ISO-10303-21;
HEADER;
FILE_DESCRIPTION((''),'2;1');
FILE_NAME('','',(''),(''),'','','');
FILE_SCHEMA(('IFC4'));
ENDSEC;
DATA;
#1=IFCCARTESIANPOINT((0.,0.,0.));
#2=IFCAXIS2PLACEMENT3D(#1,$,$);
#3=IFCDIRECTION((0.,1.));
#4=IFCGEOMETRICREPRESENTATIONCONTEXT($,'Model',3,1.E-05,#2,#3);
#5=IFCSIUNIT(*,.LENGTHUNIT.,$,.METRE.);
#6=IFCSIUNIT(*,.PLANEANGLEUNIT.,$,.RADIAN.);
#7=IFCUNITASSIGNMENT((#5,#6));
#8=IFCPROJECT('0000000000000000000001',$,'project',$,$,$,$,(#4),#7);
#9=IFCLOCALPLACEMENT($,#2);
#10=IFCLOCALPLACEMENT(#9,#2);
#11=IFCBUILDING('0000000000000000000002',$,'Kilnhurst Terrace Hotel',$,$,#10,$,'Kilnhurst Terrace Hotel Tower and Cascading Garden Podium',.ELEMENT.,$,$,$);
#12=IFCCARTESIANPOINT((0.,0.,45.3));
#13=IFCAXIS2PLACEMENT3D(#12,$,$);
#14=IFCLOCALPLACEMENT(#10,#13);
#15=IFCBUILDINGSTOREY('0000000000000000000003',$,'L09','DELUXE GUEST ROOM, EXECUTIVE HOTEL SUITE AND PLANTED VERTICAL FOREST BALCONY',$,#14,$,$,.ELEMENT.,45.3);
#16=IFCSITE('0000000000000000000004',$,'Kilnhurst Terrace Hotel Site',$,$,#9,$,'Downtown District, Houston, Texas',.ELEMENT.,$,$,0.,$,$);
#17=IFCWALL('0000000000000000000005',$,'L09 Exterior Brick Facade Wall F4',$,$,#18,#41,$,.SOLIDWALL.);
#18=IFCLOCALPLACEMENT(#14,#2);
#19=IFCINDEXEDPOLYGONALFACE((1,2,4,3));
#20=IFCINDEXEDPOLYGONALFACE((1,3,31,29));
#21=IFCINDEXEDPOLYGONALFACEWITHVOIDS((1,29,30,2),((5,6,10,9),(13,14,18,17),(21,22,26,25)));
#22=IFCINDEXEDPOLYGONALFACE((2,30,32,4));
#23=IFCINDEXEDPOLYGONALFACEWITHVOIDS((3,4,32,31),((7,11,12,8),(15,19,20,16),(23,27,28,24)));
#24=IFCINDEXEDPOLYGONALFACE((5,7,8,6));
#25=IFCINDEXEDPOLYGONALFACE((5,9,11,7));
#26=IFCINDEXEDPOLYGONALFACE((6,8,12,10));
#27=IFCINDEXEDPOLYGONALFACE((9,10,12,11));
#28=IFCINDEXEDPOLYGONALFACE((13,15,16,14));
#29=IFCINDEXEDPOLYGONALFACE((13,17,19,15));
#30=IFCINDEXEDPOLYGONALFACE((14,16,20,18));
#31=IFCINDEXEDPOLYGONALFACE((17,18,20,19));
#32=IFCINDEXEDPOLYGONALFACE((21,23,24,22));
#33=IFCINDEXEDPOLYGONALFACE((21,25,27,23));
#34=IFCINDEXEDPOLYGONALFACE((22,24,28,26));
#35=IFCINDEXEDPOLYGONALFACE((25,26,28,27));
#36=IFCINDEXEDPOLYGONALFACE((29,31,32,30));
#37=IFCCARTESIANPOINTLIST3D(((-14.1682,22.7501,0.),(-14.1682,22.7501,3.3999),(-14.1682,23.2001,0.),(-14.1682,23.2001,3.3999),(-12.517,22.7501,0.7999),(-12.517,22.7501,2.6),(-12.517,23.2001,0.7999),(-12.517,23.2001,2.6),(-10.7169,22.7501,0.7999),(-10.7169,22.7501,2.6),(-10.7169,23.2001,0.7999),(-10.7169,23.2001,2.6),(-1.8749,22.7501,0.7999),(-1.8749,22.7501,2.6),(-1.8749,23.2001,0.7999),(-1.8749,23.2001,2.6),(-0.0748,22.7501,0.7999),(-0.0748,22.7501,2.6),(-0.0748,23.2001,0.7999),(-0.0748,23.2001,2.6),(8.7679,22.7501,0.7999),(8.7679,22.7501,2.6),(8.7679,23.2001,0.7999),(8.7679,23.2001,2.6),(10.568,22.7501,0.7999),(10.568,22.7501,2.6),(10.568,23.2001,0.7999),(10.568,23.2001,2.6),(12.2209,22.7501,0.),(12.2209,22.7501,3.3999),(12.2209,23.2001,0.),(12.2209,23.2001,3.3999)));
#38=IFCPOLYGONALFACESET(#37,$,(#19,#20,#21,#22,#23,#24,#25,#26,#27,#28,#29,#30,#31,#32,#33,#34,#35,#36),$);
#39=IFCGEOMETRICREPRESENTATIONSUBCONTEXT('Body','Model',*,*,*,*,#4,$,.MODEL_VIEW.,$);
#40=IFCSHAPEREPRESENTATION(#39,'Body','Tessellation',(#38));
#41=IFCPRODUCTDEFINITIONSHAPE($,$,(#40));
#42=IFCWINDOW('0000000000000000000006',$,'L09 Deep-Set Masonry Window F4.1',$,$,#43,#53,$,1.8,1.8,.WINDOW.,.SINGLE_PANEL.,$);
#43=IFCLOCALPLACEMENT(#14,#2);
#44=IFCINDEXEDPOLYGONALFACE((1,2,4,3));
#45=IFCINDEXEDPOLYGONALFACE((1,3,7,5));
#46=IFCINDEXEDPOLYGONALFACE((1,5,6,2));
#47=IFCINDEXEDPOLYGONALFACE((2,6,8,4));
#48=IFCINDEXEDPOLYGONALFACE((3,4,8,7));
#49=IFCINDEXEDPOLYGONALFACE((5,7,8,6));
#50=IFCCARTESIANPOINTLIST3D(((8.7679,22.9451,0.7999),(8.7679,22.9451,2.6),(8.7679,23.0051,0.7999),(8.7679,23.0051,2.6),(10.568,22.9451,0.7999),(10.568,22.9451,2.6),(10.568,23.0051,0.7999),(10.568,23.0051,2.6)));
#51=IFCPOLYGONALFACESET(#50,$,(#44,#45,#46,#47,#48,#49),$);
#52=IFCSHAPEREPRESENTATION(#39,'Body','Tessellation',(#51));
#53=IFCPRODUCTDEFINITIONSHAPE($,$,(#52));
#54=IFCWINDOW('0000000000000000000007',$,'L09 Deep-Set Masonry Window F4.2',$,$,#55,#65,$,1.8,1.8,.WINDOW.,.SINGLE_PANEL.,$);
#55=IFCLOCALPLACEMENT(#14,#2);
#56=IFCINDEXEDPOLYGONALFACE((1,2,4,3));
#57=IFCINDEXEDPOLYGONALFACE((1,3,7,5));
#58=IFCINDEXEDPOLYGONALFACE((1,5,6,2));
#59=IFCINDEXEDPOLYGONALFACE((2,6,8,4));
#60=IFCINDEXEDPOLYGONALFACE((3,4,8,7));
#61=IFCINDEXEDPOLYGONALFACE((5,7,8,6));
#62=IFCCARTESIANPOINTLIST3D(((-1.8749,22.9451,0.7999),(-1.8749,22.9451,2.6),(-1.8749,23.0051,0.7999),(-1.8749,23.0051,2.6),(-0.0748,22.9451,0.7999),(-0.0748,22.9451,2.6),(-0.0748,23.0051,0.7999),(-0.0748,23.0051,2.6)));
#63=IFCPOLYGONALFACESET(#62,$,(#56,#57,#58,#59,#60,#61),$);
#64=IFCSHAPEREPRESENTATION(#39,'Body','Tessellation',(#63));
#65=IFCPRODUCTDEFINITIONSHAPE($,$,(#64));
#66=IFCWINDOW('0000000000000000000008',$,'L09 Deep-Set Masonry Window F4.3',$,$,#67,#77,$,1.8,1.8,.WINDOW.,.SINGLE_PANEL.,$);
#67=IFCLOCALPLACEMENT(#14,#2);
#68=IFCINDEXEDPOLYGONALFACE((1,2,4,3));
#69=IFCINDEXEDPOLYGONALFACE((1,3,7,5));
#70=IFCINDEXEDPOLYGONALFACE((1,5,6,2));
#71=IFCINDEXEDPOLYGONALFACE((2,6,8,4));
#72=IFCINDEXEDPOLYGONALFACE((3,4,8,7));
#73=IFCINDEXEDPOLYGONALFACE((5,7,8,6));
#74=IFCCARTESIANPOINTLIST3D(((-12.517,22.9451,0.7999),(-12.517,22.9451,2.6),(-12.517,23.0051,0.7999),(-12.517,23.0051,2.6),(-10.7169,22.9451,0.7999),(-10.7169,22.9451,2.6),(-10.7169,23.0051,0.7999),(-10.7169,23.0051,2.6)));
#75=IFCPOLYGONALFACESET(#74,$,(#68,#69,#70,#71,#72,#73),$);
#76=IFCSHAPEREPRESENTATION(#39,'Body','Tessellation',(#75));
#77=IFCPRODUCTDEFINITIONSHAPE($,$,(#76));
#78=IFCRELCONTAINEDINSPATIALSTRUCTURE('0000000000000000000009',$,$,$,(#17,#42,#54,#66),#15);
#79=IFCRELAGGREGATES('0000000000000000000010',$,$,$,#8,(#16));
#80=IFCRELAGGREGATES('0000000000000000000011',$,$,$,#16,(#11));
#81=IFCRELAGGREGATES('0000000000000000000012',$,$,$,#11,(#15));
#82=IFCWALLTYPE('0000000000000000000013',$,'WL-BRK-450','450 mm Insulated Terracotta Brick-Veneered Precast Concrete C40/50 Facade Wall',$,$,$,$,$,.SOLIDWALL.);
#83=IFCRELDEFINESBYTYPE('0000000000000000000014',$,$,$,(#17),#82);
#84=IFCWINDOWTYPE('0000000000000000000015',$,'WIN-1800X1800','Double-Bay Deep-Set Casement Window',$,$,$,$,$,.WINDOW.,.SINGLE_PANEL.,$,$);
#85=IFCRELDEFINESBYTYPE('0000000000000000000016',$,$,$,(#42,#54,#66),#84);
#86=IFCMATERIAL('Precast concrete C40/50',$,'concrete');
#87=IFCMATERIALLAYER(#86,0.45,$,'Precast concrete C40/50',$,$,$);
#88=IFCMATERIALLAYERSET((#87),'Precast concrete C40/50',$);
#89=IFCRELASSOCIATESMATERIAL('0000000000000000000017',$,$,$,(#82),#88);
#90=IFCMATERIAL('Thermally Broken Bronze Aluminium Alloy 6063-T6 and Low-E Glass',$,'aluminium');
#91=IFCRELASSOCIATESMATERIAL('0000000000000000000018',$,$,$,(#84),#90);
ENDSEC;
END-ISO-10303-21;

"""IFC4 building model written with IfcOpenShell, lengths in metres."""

from ifc_helpers import new_model, si_unit, direction, frame, frame_2d, origin, place, context, subcontext, project, spatial, rectangle, extrude, material, layer, layer_set, type_object, element, fill, save


model = new_model("IFC4")

# Units and contexts
model_context = context("Model", 3, precision=1e-05, world=origin(), true_north=direction((0.0, 1.0)))
body_context = subcontext(model_context, "Body", "Model", "MODEL_VIEW")
ifc_project = project(units=[si_unit("LENGTHUNIT", "METRE"), si_unit("PLANEANGLEUNIT", "RADIAN")], contexts=[model_context])

# Site, building, storey
site_placement = place(None, origin())
site = spatial("IfcSite", under=ifc_project, at=site_placement, Name="Kilnhurst Terrace Hotel Site", LongName="Downtown District, Houston, Texas", CompositionType="ELEMENT", RefElevation=0.0)
building_placement = place(site_placement, origin())
building = spatial("IfcBuilding", under=site, at=building_placement, Name="Kilnhurst Terrace Hotel", LongName="Kilnhurst Terrace Hotel Tower and Cascading Garden Podium", CompositionType="ELEMENT")
storey_placement = place(building_placement, frame((0.0, 0.0, 45.3)))
storey = spatial("IfcBuildingStorey", under=building, at=storey_placement, Name="L09", Description="DELUXE GUEST ROOM, EXECUTIVE HOTEL SUITE AND PLANTED VERTICAL FOREST BALCONY", CompositionType="ELEMENT", Elevation=45.3)

# Shared definitions
ifc_material_1 = material(Name="Precast concrete C40/50", Category="concrete")
ifc_layer_1 = layer(ifc_material_1, 0.45, Name="Precast concrete C40/50")
ifc_layer_set_1 = layer_set([ifc_layer_1], Name="Precast concrete C40/50")
wall_type_1 = type_object("IfcWallType", Name="WL-BRK-450", Description="450 mm Insulated Terracotta Brick-Veneered Precast Concrete C40/50 Facade Wall", PredefinedType="SOLIDWALL", material=ifc_layer_set_1)

# Wall, openings, windows
wall_1_placement = place(storey_placement, frame((12.2209, 22.9751, 0.0), z_axis=(0.0, 0.0, 1.0), x_axis=(-1.0, 0.0, 0.0)))
wall_1 = element("IfcWall", 1, at=wall_1_placement, inside=storey, type_object=wall_type_1, Name="L09 Exterior Brick Facade Wall F4", PredefinedType="SOLIDWALL", context=body_context, shape_type="SweptSolid", body=[
    extrude(rectangle(XDim=26.3892, YDim=0.45, at=frame_2d((13.1946, 0.0))), origin(), (0.0, 0.0, 1.0), 3.3999),
])
opening_1_placement = place(wall_1_placement, frame((1.6531, 0.0, 0.8)))
opening_1 = element("IfcOpeningElement", 2, at=opening_1_placement, cuts=wall_1, PredefinedType="OPENING", context=body_context, shape_type="SweptSolid", body=[
    extrude(rectangle(XDim=1.8, YDim=1.8, at=frame_2d((0.8999, 0.8999))), frame((0.0, 0.2349, 0.0), z_axis=(0.0, -1.0, 0.0), x_axis=(1.0, 0.0, 0.0)), (0.0, 0.0, 1.0), 0.47),
])
opening_2_placement = place(wall_1_placement, frame((12.2959, 0.0, 0.8)))
opening_2 = element("IfcOpeningElement", 3, at=opening_2_placement, cuts=wall_1, PredefinedType="OPENING", context=body_context, shape_type="SweptSolid", body=[
    extrude(rectangle(XDim=1.8, YDim=1.8, at=frame_2d((0.8999, 0.8999))), frame((0.0, 0.2349, 0.0), z_axis=(0.0, -1.0, 0.0), x_axis=(1.0, 0.0, 0.0)), (0.0, 0.0, 1.0), 0.47),
])
opening_3_placement = place(wall_1_placement, frame((22.938, 0.0, 0.8)))
opening_3 = element("IfcOpeningElement", 4, at=opening_3_placement, cuts=wall_1, PredefinedType="OPENING", context=body_context, shape_type="SweptSolid", body=[
    extrude(rectangle(XDim=1.8, YDim=1.8, at=frame_2d((0.8999, 0.8999))), frame((0.0, 0.2349, 0.0), z_axis=(0.0, -1.0, 0.0), x_axis=(1.0, 0.0, 0.0)), (0.0, 0.0, 1.0), 0.47),
])
ifc_material_2 = material(Name="Thermally Broken Bronze Aluminium Alloy 6063-T6 and Low-E Glass", Category="aluminium")
window_type = type_object("IfcWindowType", Name="WIN-1800X1800", Description="Double-Bay Deep-Set Casement Window", PartitioningType="SINGLE_PANEL", PredefinedType="WINDOW", material=ifc_material_2)
window_1_placement = place(opening_1_placement, origin())
window_1 = element("IfcWindow", 5, at=window_1_placement, inside=storey, type_object=window_type, Name="L09 Deep-Set Masonry Window F4.1", OverallHeight=1.8, OverallWidth=1.8, PartitioningType="SINGLE_PANEL", PredefinedType="WINDOW", context=body_context, shape_type="SweptSolid", body=[
    extrude(rectangle(XDim=1.8, YDim=1.8, at=frame_2d((0.8999, 0.8999))), frame((0.0, 0.03, 0.0), z_axis=(0.0, -1.0, 0.0), x_axis=(1.0, 0.0, 0.0)), (0.0, 0.0, 1.0), 0.0601),
])
fill(opening_1, window_1)
window_2_placement = place(opening_2_placement, origin())
window_2 = element("IfcWindow", 6, at=window_2_placement, inside=storey, type_object=window_type, Name="L09 Deep-Set Masonry Window F4.2", OverallHeight=1.8, OverallWidth=1.8, PartitioningType="SINGLE_PANEL", PredefinedType="WINDOW", context=body_context, shape_type="SweptSolid", body=[
    extrude(rectangle(XDim=1.8, YDim=1.8, at=frame_2d((0.8999, 0.8999))), frame((0.0, 0.03, 0.0), z_axis=(0.0, -1.0, 0.0), x_axis=(1.0, 0.0, 0.0)), (0.0, 0.0, 1.0), 0.0601),
])
fill(opening_2, window_2)
window_3_placement = place(opening_3_placement, origin())
window_3 = element("IfcWindow", 7, at=window_3_placement, inside=storey, type_object=window_type, Name="L09 Deep-Set Masonry Window F4.3", OverallHeight=1.8, OverallWidth=1.8, PartitioningType="SINGLE_PANEL", PredefinedType="WINDOW", context=body_context, shape_type="SweptSolid", body=[
    extrude(rectangle(XDim=1.8, YDim=1.8, at=frame_2d((0.8999, 0.8999))), frame((0.0, 0.03, 0.0), z_axis=(0.0, -1.0, 0.0), x_axis=(1.0, 0.0, 0.0)), (0.0, 0.0, 1.0), 0.0601),
])
fill(opening_3, window_3)

save(model, "model.ifc")
